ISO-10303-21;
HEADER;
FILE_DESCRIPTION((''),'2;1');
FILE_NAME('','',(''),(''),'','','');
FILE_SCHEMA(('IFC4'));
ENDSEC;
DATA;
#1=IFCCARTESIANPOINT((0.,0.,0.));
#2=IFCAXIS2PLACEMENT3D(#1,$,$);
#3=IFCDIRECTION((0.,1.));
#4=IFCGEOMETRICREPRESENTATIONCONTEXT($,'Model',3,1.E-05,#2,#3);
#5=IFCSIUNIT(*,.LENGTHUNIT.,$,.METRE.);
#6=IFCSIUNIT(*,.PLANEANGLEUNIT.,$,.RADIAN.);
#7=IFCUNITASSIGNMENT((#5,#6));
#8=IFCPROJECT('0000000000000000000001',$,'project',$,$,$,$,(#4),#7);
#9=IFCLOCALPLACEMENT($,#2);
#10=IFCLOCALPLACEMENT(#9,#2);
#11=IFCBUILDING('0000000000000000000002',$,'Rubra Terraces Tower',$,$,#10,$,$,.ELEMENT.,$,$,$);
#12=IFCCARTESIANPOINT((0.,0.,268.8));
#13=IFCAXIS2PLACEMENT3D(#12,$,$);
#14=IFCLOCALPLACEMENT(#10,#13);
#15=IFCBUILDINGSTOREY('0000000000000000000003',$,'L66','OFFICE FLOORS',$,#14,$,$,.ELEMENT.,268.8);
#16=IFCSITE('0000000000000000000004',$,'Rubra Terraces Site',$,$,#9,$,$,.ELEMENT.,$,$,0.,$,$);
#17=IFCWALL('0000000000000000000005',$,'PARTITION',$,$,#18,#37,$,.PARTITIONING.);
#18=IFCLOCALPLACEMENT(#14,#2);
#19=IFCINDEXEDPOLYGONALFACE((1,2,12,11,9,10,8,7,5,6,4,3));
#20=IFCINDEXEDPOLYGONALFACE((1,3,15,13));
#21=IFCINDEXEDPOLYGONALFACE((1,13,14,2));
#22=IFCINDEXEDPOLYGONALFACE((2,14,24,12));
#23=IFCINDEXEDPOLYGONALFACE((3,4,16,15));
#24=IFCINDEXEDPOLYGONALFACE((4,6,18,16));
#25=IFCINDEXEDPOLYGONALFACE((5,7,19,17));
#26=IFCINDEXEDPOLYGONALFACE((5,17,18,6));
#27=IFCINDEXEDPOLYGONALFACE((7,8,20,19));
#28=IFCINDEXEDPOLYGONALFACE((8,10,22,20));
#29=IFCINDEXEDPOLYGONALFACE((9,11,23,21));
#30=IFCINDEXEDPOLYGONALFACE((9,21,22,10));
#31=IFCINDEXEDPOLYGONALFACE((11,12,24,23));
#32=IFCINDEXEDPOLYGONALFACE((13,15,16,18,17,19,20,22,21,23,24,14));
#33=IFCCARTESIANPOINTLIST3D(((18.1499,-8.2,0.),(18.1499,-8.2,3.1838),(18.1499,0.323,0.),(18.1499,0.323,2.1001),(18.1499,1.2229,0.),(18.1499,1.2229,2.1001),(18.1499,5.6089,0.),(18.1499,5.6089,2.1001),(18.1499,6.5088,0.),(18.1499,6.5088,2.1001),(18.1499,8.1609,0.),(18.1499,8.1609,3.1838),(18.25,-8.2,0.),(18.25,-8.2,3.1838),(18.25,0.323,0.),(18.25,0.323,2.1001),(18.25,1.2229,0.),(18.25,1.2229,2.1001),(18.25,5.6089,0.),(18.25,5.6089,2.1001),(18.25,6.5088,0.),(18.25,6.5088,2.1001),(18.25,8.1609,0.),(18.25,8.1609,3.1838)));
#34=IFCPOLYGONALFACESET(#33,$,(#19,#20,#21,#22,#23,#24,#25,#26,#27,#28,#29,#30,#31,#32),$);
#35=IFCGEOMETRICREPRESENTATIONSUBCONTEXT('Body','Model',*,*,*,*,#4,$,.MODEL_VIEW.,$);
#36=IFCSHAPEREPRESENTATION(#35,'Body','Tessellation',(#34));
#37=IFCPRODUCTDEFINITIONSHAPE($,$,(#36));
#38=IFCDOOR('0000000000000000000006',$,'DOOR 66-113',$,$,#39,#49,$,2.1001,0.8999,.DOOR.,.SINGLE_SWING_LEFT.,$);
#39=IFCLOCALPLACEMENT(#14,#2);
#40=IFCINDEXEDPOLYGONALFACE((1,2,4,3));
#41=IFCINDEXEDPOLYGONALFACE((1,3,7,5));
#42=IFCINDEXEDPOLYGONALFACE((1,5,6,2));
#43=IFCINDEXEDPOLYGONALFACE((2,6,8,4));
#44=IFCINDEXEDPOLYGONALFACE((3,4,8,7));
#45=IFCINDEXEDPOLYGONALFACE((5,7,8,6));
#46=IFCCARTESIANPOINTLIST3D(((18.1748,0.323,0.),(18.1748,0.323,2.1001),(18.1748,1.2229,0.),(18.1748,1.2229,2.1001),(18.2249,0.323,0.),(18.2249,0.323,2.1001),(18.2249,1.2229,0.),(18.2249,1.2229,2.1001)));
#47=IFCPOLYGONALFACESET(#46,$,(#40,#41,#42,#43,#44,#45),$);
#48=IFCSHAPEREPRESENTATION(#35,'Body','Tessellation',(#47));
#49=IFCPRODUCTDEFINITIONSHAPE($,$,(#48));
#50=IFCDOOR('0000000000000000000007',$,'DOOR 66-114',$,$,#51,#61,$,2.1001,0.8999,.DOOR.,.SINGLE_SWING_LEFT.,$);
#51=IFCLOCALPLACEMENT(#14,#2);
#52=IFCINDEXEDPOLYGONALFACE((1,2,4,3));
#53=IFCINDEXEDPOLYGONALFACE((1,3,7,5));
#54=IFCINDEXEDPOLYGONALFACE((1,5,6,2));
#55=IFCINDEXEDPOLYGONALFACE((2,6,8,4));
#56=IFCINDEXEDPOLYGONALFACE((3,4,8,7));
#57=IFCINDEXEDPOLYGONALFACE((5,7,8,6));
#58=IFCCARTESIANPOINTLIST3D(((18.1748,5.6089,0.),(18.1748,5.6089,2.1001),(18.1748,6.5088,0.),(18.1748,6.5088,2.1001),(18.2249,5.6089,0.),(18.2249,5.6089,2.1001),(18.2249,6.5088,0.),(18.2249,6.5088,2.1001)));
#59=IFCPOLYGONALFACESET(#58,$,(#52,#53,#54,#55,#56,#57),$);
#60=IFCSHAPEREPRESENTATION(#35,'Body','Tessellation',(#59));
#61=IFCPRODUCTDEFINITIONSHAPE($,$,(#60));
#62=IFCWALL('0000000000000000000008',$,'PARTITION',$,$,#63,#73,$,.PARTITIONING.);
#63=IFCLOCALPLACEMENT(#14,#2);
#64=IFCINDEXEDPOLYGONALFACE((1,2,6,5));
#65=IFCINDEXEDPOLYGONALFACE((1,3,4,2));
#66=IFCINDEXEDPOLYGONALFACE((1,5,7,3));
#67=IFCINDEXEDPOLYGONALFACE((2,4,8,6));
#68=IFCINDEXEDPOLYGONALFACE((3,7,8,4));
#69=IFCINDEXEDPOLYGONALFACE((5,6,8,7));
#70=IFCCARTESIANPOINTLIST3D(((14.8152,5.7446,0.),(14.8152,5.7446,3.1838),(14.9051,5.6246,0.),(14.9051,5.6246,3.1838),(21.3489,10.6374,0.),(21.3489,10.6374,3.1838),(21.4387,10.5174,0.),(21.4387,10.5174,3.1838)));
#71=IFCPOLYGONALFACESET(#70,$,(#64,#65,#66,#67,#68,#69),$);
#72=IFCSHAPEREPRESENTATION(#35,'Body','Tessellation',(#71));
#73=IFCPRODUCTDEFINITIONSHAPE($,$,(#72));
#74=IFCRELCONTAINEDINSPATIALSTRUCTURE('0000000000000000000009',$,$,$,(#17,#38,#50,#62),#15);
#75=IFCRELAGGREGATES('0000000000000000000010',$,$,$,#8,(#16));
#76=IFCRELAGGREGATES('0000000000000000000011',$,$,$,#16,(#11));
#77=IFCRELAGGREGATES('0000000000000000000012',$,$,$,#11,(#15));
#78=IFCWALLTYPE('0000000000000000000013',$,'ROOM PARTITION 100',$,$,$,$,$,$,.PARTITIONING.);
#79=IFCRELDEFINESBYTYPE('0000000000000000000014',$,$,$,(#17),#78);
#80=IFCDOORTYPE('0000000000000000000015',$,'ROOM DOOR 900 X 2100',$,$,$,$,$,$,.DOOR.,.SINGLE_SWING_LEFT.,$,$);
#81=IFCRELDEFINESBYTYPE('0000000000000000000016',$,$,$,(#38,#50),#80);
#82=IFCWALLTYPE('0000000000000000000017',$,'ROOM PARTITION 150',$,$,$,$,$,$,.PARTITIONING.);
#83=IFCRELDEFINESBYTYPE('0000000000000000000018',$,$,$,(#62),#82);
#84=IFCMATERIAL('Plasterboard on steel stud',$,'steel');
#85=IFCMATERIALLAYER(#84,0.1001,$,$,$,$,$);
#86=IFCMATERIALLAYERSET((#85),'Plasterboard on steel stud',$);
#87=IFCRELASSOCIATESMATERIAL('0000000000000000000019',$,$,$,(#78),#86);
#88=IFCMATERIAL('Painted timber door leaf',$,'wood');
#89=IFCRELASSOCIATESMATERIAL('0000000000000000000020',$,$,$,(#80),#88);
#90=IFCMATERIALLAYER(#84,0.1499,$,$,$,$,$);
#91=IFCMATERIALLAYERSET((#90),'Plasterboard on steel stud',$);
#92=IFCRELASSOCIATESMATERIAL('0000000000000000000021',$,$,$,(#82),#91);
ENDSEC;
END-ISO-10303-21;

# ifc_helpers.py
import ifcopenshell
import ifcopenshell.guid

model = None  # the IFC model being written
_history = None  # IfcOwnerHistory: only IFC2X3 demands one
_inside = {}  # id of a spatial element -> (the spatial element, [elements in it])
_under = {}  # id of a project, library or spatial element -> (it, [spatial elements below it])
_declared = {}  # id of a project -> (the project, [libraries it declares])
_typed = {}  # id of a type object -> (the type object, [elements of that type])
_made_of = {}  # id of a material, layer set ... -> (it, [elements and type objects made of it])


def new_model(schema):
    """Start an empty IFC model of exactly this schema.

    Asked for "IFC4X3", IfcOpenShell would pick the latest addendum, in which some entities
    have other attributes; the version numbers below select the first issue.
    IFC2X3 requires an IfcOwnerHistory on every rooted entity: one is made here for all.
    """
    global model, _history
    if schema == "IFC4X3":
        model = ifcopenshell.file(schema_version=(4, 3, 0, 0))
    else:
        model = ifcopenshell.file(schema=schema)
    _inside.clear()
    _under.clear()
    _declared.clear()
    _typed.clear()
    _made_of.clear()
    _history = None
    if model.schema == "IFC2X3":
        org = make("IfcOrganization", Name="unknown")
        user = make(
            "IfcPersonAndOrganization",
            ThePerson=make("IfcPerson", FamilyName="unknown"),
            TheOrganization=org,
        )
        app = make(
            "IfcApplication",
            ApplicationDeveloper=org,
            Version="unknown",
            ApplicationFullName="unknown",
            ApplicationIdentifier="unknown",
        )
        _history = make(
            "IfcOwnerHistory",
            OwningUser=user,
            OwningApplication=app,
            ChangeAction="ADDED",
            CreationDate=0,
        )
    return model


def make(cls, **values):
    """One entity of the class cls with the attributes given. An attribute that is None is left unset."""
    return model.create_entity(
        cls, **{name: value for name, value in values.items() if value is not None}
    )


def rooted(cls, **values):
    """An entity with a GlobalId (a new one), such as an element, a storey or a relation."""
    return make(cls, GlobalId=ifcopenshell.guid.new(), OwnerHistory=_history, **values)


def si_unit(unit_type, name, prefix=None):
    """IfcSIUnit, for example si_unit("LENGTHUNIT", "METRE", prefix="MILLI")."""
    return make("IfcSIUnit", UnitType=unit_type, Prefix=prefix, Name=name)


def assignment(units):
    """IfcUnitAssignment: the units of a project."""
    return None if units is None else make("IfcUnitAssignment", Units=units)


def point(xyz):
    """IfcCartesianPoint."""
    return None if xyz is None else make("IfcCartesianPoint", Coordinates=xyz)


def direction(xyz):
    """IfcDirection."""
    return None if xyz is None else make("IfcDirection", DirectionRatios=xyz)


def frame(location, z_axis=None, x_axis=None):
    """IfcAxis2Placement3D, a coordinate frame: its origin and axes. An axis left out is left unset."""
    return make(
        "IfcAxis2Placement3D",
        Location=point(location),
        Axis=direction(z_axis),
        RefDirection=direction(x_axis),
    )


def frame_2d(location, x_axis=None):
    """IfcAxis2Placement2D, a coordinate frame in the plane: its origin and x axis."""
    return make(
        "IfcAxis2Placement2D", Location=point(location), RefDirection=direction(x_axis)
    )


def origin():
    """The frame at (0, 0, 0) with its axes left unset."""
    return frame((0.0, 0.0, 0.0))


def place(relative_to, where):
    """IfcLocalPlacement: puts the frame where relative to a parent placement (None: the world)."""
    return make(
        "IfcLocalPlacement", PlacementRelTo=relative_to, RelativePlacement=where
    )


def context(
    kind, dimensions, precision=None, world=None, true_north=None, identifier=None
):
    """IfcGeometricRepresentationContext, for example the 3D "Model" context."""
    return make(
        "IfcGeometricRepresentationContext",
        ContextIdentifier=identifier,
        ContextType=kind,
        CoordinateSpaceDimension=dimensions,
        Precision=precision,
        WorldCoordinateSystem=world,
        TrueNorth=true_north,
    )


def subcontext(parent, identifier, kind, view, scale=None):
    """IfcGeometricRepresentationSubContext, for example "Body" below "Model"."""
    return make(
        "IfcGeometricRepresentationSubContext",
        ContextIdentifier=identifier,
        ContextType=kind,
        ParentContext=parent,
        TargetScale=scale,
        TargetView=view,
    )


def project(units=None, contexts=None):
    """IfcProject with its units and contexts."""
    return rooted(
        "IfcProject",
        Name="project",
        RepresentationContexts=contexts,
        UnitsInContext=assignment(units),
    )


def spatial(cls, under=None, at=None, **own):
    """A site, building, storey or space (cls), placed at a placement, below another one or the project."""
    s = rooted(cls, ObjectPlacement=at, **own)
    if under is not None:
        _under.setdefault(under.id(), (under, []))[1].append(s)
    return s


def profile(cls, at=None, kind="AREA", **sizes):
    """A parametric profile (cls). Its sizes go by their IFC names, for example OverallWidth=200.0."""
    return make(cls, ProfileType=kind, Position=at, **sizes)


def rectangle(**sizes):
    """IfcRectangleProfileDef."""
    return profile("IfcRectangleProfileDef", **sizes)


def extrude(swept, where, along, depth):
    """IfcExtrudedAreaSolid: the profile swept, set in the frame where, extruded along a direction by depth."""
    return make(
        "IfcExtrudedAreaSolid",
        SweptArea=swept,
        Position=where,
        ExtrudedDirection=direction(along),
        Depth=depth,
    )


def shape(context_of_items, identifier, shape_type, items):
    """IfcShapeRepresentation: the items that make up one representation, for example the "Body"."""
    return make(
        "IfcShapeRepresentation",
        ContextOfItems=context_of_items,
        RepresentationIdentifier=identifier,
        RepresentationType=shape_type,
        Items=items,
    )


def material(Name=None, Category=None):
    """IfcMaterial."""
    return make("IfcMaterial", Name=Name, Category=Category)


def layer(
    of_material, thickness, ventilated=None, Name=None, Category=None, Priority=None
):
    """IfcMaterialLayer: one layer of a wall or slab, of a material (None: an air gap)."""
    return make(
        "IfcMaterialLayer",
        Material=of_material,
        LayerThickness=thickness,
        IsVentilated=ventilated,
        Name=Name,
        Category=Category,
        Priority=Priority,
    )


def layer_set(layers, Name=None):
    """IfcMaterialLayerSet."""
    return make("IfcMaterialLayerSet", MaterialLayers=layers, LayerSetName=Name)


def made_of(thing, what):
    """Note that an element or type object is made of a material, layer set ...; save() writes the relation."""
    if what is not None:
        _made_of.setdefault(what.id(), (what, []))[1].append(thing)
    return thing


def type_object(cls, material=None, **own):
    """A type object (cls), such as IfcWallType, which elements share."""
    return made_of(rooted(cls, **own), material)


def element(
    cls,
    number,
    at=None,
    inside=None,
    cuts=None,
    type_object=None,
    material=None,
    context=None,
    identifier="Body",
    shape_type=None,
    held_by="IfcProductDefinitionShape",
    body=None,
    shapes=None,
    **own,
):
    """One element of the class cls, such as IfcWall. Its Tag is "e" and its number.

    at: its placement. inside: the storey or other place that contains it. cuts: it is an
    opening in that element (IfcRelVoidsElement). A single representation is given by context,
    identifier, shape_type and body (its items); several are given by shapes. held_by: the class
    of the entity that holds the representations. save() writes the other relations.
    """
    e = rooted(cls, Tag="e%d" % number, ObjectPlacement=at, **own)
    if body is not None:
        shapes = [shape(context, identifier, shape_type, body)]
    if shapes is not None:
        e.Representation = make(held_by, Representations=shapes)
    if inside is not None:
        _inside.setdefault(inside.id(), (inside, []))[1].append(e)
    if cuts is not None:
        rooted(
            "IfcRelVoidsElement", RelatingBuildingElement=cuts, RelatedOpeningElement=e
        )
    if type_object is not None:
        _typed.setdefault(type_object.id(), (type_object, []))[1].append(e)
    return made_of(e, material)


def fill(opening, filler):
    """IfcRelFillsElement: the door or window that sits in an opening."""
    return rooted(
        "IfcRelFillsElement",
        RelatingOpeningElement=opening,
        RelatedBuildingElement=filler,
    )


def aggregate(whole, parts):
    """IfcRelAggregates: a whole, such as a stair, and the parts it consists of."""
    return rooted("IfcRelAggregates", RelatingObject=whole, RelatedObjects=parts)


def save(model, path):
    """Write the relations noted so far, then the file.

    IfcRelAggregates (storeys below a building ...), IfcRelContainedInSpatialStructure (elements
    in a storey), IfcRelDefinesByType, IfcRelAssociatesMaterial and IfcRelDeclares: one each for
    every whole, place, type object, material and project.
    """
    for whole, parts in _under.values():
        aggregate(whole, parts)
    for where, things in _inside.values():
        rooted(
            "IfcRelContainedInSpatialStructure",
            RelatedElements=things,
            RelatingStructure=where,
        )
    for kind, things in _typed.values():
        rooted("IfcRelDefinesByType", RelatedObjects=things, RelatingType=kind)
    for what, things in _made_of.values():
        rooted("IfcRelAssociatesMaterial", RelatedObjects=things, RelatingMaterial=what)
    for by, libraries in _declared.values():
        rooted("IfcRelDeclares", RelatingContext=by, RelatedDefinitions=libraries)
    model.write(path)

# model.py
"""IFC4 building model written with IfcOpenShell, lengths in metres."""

from ifc_helpers import new_model, si_unit, direction, frame, frame_2d, origin, place, context, subcontext, project, spatial, rectangle, extrude, material, layer, layer_set, type_object, element, fill, save


model = new_model("IFC4")

# Units and contexts
model_context = context("Model", 3, precision=1e-05, world=origin(), true_north=direction((0.0, 1.0)))
body_context = subcontext(model_context, "Body", "Model", "MODEL_VIEW")
ifc_project = project(units=[si_unit("LENGTHUNIT", "METRE"), si_unit("PLANEANGLEUNIT", "RADIAN")], contexts=[model_context])

# Site, building, storey
site_placement = place(None, origin())
site = spatial("IfcSite", under=ifc_project, at=site_placement, Name="Rubra Terraces Site", CompositionType="ELEMENT", RefElevation=0.0)
building_placement = place(site_placement, origin())
building = spatial("IfcBuilding", under=site, at=building_placement, Name="Rubra Terraces Tower", CompositionType="ELEMENT")
storey_placement = place(building_placement, frame((0.0, 0.0, 268.8)))
storey = spatial("IfcBuildingStorey", under=building, at=storey_placement, Name="L66", Description="OFFICE FLOORS", CompositionType="ELEMENT", Elevation=268.8)

# Wall, openings, doors
ifc_material_1 = material(Name="Plasterboard on steel stud", Category="steel")
ifc_layer_1 = layer(ifc_material_1, 0.1001)
ifc_layer_set_1 = layer_set([ifc_layer_1], Name="Plasterboard on steel stud")
wall_type_1 = type_object("IfcWallType", Name="ROOM PARTITION 100", PredefinedType="PARTITIONING", material=ifc_layer_set_1)
wall_1_placement = place(storey_placement, frame((18.2, 8.1609, 0.0), z_axis=(0.0, 0.0, 1.0), x_axis=(0.0, -1.0, 0.0)))
wall_1 = element("IfcWall", 1, at=wall_1_placement, inside=storey, type_object=wall_type_1, Name="PARTITION", PredefinedType="PARTITIONING", context=body_context, shape_type="SweptSolid", body=[
    extrude(rectangle(XDim=16.3608, YDim=0.1001, at=frame_2d((8.1804, 0.0))), origin(), (0.0, 0.0, 1.0), 3.1838),
])
opening_1_placement = place(wall_1_placement, frame((6.938, 0.0, 0.0)))
opening_1 = element("IfcOpeningElement", 2, at=opening_1_placement, cuts=wall_1, PredefinedType="OPENING", context=body_context, shape_type="SweptSolid", body=[
    extrude(rectangle(XDim=0.8999, YDim=2.1001, at=frame_2d((0.45, 1.05))), frame((0.0, 0.0601, 0.0), z_axis=(0.0, -1.0, 0.0), x_axis=(1.0, 0.0, 0.0)), (0.0, 0.0, 1.0), 0.1201),
])
opening_2_placement = place(wall_1_placement, frame((1.6521, 0.0, 0.0)))
opening_2 = element("IfcOpeningElement", 3, at=opening_2_placement, cuts=wall_1, PredefinedType="OPENING", context=body_context, shape_type="SweptSolid", body=[
    extrude(rectangle(XDim=0.8999, YDim=2.1001, at=frame_2d((0.45, 1.05))), frame((0.0, 0.0601, 0.0), z_axis=(0.0, -1.0, 0.0), x_axis=(1.0, 0.0, 0.0)), (0.0, 0.0, 1.0), 0.1201),
])
ifc_material_2 = material(Name="Painted timber door leaf", Category="wood")
door_type_1 = type_object("IfcDoorType", Name="ROOM DOOR 900 X 2100", OperationType="SINGLE_SWING_LEFT", PredefinedType="DOOR", material=ifc_material_2)
door_1_placement = place(opening_1_placement, origin())
door_1 = element("IfcDoor", 4, at=door_1_placement, inside=storey, type_object=door_type_1, Name="DOOR 66-113", OperationType="SINGLE_SWING_LEFT", OverallHeight=2.1001, OverallWidth=0.8999, PredefinedType="DOOR", context=body_context, shape_type="SweptSolid", body=[
    extrude(rectangle(XDim=0.8999, YDim=2.1001, at=frame_2d((0.45, 1.05))), frame((0.0, 0.0249, 0.0), z_axis=(0.0, -1.0, 0.0), x_axis=(1.0, 0.0, 0.0)), (0.0, 0.0, 1.0), 0.05),
])
fill(opening_1, door_1)
door_2_placement = place(opening_2_placement, origin())
door_2 = element("IfcDoor", 5, at=door_2_placement, inside=storey, type_object=door_type_1, Name="DOOR 66-114", OperationType="SINGLE_SWING_LEFT", OverallHeight=2.1001, OverallWidth=0.8999, PredefinedType="DOOR", context=body_context, shape_type="SweptSolid", body=[
    extrude(rectangle(XDim=0.8999, YDim=2.1001, at=frame_2d((0.45, 1.05))), frame((0.0, 0.0249, 0.0), z_axis=(0.0, -1.0, 0.0), x_axis=(1.0, 0.0, 0.0)), (0.0, 0.0, 1.0), 0.05),
])
fill(opening_2, door_2)

# Wall
ifc_layer_2 = layer(ifc_material_1, 0.1499)
ifc_layer_set_2 = layer_set([ifc_layer_2], Name="Plasterboard on steel stud")
wall_type_2 = type_object("IfcWallType", Name="ROOM PARTITION 150", PredefinedType="PARTITIONING", material=ifc_layer_set_2)
wall_2_placement = place(storey_placement, frame((21.3938, 10.5774, 0.0), z_axis=(0.0, 0.0, 1.0), x_axis=(-0.800438, -0.599416, 0.0)))
element("IfcWall", 6, at=wall_2_placement, inside=storey, type_object=wall_type_2, Name="PARTITION", PredefinedType="PARTITIONING", context=body_context, shape_type="SweptSolid", body=[
    extrude(rectangle(XDim=8.1626, YDim=0.1499, at=frame_2d((4.0813, 0.0))), origin(), (0.0, 0.0, 1.0), 3.1838),
])

save(model, "model.ifc")
